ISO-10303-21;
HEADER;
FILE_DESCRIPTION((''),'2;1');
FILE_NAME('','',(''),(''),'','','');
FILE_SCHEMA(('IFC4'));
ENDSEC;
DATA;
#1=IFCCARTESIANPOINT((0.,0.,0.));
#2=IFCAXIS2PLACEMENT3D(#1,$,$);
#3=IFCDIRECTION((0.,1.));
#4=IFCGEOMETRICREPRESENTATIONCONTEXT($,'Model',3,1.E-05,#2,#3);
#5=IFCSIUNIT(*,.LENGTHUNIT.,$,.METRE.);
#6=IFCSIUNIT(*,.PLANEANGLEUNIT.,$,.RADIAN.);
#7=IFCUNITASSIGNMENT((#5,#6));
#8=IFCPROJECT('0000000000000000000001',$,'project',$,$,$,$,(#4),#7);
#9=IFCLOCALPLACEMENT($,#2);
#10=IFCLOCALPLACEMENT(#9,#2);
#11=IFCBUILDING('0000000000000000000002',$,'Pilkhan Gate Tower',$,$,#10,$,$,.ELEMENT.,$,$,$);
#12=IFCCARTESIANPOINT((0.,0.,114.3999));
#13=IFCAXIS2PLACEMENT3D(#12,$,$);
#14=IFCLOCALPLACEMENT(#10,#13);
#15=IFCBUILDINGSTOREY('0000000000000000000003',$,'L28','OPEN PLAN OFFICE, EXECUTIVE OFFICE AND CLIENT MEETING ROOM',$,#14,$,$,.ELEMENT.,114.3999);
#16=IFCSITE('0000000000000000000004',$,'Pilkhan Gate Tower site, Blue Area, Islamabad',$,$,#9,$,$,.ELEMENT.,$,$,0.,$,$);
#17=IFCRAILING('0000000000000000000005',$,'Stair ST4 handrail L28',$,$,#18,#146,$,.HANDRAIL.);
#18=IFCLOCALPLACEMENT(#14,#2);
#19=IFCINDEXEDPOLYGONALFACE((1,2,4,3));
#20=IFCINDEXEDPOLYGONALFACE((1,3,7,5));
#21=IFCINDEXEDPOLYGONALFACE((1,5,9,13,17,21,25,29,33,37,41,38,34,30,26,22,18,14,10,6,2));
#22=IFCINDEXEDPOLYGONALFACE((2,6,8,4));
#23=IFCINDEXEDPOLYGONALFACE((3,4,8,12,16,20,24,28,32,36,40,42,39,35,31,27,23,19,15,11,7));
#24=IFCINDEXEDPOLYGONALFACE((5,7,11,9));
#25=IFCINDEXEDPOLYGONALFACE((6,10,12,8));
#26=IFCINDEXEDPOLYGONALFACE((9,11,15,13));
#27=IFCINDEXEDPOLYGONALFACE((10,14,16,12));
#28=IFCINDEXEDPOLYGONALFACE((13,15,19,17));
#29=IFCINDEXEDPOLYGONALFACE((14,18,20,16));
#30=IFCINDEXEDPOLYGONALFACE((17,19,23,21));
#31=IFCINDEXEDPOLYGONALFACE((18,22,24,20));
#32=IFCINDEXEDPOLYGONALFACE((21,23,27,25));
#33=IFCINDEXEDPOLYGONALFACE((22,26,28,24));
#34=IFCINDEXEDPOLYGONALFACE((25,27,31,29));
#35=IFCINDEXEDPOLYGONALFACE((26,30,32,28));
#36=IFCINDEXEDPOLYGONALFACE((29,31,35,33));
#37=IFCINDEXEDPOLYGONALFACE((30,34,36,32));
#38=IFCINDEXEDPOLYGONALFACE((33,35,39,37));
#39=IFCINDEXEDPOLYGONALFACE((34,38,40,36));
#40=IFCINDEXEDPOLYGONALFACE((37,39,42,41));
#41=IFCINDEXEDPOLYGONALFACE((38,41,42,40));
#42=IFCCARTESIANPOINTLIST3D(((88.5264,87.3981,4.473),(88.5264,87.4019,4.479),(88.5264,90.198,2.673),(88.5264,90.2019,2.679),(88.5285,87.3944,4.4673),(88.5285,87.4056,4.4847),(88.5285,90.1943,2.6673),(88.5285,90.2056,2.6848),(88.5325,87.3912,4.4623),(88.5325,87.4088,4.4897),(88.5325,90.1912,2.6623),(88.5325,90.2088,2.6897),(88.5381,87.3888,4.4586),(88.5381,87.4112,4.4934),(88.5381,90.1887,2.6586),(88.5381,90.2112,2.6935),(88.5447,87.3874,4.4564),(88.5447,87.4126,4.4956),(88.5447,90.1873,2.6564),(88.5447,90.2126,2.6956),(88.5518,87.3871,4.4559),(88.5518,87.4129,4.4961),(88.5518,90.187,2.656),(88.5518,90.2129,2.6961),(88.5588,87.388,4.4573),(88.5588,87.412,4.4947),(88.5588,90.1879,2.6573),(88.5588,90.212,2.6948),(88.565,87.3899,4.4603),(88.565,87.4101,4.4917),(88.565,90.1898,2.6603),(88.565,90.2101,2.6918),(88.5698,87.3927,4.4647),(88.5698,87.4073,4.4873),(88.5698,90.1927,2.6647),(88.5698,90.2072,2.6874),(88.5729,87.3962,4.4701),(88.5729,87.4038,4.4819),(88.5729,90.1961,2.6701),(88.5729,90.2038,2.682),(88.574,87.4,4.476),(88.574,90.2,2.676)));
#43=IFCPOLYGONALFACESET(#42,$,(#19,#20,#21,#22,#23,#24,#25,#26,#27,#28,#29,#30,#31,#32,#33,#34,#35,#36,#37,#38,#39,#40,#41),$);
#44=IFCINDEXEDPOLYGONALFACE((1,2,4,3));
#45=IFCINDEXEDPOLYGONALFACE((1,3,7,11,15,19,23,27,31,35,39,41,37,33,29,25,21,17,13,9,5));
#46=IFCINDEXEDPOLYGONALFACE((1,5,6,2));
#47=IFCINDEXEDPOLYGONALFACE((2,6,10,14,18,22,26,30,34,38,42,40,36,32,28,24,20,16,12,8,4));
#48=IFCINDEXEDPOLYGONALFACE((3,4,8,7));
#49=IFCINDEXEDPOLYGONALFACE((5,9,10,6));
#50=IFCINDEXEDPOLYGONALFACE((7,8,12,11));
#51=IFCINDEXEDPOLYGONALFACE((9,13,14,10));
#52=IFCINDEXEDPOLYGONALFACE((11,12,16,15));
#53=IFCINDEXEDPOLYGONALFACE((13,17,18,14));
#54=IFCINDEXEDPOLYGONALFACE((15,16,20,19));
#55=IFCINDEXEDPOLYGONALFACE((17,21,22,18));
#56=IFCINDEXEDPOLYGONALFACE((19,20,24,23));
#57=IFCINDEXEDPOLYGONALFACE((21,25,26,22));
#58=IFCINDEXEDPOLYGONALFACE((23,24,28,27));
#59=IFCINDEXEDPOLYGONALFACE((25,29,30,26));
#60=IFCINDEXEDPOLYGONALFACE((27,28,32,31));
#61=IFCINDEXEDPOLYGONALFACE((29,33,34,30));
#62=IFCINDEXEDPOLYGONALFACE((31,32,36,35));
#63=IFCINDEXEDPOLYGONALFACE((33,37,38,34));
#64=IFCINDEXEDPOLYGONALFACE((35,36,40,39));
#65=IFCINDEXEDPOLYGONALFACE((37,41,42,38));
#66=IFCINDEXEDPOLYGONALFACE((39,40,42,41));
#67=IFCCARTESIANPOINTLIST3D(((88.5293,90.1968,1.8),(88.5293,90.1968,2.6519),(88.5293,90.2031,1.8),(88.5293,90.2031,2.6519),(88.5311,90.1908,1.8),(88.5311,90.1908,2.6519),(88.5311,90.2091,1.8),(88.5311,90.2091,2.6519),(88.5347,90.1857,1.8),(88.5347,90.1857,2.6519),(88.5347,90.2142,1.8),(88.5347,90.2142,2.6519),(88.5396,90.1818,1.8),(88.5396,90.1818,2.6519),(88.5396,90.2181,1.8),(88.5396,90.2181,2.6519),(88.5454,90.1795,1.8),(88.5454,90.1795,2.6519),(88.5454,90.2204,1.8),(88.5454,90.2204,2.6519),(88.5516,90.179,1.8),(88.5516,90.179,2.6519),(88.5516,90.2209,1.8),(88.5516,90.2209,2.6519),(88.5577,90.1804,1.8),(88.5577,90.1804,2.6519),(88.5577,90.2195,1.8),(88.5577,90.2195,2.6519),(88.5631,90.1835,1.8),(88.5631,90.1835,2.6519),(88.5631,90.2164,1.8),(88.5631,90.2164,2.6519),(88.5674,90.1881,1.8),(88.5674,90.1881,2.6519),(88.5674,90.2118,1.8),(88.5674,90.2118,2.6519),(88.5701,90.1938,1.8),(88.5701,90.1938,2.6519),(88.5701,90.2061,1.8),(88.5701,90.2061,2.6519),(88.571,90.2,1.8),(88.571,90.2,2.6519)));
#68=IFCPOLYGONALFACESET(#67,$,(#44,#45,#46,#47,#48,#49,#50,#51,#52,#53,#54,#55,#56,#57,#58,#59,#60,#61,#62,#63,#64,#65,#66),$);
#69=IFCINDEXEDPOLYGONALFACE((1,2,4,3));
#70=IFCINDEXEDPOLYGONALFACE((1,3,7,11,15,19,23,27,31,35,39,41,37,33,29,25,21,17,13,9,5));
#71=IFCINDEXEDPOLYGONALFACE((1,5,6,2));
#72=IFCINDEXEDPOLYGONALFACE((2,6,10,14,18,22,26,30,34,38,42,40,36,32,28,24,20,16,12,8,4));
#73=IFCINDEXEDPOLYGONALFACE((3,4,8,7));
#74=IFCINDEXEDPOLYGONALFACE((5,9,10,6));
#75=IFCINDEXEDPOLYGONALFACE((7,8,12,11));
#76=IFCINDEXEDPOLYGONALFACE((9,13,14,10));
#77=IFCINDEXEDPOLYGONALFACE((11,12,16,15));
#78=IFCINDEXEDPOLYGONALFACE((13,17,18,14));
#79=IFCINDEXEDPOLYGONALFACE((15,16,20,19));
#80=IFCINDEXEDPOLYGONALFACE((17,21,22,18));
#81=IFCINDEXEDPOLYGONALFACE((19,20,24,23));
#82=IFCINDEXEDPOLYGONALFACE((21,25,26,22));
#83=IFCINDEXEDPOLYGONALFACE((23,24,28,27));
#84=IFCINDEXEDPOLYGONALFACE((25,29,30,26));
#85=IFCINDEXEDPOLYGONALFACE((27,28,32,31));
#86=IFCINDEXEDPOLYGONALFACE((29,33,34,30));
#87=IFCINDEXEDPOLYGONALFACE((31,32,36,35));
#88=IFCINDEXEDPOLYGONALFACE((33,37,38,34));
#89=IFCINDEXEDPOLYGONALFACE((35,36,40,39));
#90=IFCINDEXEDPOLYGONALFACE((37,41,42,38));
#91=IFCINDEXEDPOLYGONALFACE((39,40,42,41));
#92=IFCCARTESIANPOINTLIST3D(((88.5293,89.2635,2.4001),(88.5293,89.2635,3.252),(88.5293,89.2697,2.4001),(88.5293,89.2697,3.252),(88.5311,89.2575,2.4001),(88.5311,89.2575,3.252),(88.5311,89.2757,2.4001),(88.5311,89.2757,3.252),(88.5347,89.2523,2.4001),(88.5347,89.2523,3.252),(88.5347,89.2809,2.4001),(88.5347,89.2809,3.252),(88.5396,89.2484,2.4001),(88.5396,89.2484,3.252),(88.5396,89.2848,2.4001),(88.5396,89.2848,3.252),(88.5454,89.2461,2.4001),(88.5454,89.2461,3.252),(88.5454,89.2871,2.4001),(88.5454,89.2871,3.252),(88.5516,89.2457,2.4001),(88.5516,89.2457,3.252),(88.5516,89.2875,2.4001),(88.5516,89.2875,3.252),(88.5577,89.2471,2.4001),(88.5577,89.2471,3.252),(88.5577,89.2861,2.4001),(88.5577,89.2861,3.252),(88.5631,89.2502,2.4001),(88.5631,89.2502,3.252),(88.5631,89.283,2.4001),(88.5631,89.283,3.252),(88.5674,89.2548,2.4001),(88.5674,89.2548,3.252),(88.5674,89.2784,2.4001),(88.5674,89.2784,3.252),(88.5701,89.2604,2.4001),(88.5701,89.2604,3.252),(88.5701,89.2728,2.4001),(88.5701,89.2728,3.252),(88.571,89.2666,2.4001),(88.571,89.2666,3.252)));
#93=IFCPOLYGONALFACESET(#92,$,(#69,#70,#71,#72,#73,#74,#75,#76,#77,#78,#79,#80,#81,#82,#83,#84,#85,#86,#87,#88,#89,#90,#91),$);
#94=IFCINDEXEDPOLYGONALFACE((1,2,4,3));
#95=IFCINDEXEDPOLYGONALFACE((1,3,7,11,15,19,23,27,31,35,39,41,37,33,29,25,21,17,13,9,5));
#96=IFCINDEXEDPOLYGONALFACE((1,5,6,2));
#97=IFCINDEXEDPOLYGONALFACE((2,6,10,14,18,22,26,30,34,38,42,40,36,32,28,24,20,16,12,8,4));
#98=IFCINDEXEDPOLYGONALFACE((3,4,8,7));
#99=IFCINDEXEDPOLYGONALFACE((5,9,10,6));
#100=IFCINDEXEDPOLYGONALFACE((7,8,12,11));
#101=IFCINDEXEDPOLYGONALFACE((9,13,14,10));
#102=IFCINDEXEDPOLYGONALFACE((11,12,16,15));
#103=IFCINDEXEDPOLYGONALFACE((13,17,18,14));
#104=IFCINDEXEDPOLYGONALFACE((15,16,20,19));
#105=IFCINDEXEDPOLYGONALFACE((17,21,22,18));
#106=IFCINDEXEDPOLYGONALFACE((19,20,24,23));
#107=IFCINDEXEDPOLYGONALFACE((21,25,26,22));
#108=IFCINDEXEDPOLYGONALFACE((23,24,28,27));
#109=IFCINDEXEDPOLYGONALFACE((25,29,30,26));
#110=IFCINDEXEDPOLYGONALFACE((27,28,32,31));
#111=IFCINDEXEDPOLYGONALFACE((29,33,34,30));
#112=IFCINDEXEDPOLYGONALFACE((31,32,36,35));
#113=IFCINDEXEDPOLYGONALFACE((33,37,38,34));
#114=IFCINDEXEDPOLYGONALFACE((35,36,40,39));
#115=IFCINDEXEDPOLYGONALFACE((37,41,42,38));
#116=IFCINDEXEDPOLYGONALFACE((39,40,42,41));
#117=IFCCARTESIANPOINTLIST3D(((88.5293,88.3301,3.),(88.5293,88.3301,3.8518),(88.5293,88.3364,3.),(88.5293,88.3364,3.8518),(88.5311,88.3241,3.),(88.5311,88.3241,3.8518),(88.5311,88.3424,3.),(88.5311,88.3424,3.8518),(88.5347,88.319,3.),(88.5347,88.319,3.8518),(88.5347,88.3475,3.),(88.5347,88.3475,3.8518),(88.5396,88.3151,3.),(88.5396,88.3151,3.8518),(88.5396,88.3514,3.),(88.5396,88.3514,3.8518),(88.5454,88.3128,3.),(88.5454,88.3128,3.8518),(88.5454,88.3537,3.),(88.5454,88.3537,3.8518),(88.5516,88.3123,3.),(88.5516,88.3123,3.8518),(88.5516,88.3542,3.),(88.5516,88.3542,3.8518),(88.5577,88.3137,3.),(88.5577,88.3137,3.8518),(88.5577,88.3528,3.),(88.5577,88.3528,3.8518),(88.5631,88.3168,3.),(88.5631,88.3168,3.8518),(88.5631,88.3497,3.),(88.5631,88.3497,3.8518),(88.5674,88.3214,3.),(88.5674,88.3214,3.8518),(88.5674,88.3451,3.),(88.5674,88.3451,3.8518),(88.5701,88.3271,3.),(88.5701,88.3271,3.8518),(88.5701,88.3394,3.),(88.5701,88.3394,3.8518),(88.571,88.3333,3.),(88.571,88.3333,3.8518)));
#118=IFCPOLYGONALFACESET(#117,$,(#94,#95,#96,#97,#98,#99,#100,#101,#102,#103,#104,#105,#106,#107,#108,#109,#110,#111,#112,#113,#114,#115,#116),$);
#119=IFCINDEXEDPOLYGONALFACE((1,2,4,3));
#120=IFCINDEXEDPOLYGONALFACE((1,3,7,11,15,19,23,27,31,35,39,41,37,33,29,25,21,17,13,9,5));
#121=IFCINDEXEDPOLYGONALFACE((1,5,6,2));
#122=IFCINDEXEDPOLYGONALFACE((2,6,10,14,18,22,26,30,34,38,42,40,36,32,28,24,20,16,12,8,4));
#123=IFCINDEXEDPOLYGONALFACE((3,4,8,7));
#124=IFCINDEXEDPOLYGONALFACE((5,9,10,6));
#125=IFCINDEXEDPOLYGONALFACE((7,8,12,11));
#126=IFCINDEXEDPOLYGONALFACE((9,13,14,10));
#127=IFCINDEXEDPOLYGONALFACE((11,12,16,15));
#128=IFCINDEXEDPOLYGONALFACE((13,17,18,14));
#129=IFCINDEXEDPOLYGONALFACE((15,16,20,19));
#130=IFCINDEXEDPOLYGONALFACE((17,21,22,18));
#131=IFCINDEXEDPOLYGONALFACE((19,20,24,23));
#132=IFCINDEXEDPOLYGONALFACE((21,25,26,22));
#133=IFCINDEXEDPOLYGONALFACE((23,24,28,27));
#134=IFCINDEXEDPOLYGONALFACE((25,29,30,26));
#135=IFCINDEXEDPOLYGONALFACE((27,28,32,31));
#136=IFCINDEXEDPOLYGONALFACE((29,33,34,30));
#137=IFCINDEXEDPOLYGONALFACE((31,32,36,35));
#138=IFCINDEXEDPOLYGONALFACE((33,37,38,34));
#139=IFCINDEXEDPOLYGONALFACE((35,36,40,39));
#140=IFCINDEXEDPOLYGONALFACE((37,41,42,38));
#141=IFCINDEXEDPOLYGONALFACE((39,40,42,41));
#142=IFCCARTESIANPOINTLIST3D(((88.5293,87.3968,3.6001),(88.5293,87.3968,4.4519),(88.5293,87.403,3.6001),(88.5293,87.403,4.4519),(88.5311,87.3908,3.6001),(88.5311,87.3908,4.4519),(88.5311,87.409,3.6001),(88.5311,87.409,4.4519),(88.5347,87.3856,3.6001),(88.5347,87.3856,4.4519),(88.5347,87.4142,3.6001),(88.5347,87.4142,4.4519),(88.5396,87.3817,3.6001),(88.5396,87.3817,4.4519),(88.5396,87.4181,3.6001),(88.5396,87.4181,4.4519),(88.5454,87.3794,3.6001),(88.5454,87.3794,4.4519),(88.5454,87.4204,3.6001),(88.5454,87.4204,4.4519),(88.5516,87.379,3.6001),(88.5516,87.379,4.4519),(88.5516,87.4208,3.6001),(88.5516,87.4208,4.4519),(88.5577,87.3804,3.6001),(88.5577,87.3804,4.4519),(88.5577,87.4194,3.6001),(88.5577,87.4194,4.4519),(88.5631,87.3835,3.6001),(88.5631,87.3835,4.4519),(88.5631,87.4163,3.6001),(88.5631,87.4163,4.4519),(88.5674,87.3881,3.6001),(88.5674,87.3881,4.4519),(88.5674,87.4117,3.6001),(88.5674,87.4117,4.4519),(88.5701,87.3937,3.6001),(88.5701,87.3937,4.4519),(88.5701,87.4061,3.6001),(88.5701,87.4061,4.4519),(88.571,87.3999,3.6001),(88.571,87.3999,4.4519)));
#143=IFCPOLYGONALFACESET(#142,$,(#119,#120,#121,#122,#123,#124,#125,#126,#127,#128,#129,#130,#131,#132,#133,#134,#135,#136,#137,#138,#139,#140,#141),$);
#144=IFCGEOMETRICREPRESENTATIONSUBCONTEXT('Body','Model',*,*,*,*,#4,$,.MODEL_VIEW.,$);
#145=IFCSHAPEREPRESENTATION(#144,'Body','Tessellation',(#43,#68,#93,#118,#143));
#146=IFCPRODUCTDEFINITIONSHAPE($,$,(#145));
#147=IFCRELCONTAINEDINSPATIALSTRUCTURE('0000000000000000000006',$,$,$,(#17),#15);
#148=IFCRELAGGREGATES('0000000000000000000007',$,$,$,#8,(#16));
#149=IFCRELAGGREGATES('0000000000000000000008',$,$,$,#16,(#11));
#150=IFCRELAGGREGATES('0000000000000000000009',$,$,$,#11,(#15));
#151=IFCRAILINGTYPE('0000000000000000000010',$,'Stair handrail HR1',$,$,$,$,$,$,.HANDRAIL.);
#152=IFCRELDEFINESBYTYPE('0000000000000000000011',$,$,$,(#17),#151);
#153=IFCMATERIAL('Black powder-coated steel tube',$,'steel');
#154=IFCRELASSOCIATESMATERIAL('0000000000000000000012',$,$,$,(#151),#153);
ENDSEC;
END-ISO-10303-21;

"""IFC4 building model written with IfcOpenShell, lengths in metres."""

from ifc_helpers import new_model, si_unit, direction, frame, origin, origin_2d, place, context, subcontext, project, spatial, circle, extrude, material, type_object, element, save


model = new_model("IFC4")

# Units and contexts
model_context = context("Model", 3, precision=1e-05, world=origin(), true_north=direction((0.0, 1.0)))
body_context = subcontext(model_context, "Body", "Model", "MODEL_VIEW")
ifc_project = project(units=[si_unit("LENGTHUNIT", "METRE"), si_unit("PLANEANGLEUNIT", "RADIAN")], contexts=[model_context])

# Site, building, storey
site_placement = place(None, origin())
site = spatial("IfcSite", under=ifc_project, at=site_placement, Name="Pilkhan Gate Tower site, Blue Area, Islamabad", CompositionType="ELEMENT", RefElevation=0.0)
building_placement = place(site_placement, origin())
building = spatial("IfcBuilding", under=site, at=building_placement, Name="Pilkhan Gate Tower", CompositionType="ELEMENT")
storey_placement = place(building_placement, frame((0.0, 0.0, 114.3999)))
storey = spatial("IfcBuildingStorey", under=building, at=storey_placement, Name="L28", Description="OPEN PLAN OFFICE, EXECUTIVE OFFICE AND CLIENT MEETING ROOM", CompositionType="ELEMENT", Elevation=114.3999)

# Railing
ifc_material_1 = material(Name="Black powder-coated steel tube", Category="steel")
railing_type_1 = type_object("IfcRailingType", Name="Stair handrail HR1", PredefinedType="HANDRAIL", material=ifc_material_1)
railing_1_placement = place(storey_placement, frame((88.55, 90.2, 1.8)))
element("IfcRailing", 1, at=railing_1_placement, inside=storey, type_object=railing_type_1, Name="Stair ST4 handrail L28", PredefinedType="HANDRAIL", context=body_context, shape_type="SweptSolid", body=[
    extrude(circle(Radius=0.0239, at=origin_2d()), frame((0.0, 0.0, 0.876), z_axis=(0.0, -0.841176, 0.540761), x_axis=(1.0, 0.0, 0.0)), (0.0, 0.0, 1.0), 3.3286),
    extrude(circle(Radius=0.021, at=origin_2d()), origin(), (0.0, 0.0, 1.0), 0.8518),
    extrude(circle(Radius=0.021, at=origin_2d()), frame((0.0, -0.9333, 0.6001)), (0.0, 0.0, 1.0), 0.8518),
    extrude(circle(Radius=0.021, at=origin_2d()), frame((0.0, -1.8667, 1.2)), (0.0, 0.0, 1.0), 0.8518),
    extrude(circle(Radius=0.021, at=origin_2d()), frame((0.0, -2.8, 1.8)), (0.0, 0.0, 1.0), 0.8518),
])

save(model, "model.ifc")
